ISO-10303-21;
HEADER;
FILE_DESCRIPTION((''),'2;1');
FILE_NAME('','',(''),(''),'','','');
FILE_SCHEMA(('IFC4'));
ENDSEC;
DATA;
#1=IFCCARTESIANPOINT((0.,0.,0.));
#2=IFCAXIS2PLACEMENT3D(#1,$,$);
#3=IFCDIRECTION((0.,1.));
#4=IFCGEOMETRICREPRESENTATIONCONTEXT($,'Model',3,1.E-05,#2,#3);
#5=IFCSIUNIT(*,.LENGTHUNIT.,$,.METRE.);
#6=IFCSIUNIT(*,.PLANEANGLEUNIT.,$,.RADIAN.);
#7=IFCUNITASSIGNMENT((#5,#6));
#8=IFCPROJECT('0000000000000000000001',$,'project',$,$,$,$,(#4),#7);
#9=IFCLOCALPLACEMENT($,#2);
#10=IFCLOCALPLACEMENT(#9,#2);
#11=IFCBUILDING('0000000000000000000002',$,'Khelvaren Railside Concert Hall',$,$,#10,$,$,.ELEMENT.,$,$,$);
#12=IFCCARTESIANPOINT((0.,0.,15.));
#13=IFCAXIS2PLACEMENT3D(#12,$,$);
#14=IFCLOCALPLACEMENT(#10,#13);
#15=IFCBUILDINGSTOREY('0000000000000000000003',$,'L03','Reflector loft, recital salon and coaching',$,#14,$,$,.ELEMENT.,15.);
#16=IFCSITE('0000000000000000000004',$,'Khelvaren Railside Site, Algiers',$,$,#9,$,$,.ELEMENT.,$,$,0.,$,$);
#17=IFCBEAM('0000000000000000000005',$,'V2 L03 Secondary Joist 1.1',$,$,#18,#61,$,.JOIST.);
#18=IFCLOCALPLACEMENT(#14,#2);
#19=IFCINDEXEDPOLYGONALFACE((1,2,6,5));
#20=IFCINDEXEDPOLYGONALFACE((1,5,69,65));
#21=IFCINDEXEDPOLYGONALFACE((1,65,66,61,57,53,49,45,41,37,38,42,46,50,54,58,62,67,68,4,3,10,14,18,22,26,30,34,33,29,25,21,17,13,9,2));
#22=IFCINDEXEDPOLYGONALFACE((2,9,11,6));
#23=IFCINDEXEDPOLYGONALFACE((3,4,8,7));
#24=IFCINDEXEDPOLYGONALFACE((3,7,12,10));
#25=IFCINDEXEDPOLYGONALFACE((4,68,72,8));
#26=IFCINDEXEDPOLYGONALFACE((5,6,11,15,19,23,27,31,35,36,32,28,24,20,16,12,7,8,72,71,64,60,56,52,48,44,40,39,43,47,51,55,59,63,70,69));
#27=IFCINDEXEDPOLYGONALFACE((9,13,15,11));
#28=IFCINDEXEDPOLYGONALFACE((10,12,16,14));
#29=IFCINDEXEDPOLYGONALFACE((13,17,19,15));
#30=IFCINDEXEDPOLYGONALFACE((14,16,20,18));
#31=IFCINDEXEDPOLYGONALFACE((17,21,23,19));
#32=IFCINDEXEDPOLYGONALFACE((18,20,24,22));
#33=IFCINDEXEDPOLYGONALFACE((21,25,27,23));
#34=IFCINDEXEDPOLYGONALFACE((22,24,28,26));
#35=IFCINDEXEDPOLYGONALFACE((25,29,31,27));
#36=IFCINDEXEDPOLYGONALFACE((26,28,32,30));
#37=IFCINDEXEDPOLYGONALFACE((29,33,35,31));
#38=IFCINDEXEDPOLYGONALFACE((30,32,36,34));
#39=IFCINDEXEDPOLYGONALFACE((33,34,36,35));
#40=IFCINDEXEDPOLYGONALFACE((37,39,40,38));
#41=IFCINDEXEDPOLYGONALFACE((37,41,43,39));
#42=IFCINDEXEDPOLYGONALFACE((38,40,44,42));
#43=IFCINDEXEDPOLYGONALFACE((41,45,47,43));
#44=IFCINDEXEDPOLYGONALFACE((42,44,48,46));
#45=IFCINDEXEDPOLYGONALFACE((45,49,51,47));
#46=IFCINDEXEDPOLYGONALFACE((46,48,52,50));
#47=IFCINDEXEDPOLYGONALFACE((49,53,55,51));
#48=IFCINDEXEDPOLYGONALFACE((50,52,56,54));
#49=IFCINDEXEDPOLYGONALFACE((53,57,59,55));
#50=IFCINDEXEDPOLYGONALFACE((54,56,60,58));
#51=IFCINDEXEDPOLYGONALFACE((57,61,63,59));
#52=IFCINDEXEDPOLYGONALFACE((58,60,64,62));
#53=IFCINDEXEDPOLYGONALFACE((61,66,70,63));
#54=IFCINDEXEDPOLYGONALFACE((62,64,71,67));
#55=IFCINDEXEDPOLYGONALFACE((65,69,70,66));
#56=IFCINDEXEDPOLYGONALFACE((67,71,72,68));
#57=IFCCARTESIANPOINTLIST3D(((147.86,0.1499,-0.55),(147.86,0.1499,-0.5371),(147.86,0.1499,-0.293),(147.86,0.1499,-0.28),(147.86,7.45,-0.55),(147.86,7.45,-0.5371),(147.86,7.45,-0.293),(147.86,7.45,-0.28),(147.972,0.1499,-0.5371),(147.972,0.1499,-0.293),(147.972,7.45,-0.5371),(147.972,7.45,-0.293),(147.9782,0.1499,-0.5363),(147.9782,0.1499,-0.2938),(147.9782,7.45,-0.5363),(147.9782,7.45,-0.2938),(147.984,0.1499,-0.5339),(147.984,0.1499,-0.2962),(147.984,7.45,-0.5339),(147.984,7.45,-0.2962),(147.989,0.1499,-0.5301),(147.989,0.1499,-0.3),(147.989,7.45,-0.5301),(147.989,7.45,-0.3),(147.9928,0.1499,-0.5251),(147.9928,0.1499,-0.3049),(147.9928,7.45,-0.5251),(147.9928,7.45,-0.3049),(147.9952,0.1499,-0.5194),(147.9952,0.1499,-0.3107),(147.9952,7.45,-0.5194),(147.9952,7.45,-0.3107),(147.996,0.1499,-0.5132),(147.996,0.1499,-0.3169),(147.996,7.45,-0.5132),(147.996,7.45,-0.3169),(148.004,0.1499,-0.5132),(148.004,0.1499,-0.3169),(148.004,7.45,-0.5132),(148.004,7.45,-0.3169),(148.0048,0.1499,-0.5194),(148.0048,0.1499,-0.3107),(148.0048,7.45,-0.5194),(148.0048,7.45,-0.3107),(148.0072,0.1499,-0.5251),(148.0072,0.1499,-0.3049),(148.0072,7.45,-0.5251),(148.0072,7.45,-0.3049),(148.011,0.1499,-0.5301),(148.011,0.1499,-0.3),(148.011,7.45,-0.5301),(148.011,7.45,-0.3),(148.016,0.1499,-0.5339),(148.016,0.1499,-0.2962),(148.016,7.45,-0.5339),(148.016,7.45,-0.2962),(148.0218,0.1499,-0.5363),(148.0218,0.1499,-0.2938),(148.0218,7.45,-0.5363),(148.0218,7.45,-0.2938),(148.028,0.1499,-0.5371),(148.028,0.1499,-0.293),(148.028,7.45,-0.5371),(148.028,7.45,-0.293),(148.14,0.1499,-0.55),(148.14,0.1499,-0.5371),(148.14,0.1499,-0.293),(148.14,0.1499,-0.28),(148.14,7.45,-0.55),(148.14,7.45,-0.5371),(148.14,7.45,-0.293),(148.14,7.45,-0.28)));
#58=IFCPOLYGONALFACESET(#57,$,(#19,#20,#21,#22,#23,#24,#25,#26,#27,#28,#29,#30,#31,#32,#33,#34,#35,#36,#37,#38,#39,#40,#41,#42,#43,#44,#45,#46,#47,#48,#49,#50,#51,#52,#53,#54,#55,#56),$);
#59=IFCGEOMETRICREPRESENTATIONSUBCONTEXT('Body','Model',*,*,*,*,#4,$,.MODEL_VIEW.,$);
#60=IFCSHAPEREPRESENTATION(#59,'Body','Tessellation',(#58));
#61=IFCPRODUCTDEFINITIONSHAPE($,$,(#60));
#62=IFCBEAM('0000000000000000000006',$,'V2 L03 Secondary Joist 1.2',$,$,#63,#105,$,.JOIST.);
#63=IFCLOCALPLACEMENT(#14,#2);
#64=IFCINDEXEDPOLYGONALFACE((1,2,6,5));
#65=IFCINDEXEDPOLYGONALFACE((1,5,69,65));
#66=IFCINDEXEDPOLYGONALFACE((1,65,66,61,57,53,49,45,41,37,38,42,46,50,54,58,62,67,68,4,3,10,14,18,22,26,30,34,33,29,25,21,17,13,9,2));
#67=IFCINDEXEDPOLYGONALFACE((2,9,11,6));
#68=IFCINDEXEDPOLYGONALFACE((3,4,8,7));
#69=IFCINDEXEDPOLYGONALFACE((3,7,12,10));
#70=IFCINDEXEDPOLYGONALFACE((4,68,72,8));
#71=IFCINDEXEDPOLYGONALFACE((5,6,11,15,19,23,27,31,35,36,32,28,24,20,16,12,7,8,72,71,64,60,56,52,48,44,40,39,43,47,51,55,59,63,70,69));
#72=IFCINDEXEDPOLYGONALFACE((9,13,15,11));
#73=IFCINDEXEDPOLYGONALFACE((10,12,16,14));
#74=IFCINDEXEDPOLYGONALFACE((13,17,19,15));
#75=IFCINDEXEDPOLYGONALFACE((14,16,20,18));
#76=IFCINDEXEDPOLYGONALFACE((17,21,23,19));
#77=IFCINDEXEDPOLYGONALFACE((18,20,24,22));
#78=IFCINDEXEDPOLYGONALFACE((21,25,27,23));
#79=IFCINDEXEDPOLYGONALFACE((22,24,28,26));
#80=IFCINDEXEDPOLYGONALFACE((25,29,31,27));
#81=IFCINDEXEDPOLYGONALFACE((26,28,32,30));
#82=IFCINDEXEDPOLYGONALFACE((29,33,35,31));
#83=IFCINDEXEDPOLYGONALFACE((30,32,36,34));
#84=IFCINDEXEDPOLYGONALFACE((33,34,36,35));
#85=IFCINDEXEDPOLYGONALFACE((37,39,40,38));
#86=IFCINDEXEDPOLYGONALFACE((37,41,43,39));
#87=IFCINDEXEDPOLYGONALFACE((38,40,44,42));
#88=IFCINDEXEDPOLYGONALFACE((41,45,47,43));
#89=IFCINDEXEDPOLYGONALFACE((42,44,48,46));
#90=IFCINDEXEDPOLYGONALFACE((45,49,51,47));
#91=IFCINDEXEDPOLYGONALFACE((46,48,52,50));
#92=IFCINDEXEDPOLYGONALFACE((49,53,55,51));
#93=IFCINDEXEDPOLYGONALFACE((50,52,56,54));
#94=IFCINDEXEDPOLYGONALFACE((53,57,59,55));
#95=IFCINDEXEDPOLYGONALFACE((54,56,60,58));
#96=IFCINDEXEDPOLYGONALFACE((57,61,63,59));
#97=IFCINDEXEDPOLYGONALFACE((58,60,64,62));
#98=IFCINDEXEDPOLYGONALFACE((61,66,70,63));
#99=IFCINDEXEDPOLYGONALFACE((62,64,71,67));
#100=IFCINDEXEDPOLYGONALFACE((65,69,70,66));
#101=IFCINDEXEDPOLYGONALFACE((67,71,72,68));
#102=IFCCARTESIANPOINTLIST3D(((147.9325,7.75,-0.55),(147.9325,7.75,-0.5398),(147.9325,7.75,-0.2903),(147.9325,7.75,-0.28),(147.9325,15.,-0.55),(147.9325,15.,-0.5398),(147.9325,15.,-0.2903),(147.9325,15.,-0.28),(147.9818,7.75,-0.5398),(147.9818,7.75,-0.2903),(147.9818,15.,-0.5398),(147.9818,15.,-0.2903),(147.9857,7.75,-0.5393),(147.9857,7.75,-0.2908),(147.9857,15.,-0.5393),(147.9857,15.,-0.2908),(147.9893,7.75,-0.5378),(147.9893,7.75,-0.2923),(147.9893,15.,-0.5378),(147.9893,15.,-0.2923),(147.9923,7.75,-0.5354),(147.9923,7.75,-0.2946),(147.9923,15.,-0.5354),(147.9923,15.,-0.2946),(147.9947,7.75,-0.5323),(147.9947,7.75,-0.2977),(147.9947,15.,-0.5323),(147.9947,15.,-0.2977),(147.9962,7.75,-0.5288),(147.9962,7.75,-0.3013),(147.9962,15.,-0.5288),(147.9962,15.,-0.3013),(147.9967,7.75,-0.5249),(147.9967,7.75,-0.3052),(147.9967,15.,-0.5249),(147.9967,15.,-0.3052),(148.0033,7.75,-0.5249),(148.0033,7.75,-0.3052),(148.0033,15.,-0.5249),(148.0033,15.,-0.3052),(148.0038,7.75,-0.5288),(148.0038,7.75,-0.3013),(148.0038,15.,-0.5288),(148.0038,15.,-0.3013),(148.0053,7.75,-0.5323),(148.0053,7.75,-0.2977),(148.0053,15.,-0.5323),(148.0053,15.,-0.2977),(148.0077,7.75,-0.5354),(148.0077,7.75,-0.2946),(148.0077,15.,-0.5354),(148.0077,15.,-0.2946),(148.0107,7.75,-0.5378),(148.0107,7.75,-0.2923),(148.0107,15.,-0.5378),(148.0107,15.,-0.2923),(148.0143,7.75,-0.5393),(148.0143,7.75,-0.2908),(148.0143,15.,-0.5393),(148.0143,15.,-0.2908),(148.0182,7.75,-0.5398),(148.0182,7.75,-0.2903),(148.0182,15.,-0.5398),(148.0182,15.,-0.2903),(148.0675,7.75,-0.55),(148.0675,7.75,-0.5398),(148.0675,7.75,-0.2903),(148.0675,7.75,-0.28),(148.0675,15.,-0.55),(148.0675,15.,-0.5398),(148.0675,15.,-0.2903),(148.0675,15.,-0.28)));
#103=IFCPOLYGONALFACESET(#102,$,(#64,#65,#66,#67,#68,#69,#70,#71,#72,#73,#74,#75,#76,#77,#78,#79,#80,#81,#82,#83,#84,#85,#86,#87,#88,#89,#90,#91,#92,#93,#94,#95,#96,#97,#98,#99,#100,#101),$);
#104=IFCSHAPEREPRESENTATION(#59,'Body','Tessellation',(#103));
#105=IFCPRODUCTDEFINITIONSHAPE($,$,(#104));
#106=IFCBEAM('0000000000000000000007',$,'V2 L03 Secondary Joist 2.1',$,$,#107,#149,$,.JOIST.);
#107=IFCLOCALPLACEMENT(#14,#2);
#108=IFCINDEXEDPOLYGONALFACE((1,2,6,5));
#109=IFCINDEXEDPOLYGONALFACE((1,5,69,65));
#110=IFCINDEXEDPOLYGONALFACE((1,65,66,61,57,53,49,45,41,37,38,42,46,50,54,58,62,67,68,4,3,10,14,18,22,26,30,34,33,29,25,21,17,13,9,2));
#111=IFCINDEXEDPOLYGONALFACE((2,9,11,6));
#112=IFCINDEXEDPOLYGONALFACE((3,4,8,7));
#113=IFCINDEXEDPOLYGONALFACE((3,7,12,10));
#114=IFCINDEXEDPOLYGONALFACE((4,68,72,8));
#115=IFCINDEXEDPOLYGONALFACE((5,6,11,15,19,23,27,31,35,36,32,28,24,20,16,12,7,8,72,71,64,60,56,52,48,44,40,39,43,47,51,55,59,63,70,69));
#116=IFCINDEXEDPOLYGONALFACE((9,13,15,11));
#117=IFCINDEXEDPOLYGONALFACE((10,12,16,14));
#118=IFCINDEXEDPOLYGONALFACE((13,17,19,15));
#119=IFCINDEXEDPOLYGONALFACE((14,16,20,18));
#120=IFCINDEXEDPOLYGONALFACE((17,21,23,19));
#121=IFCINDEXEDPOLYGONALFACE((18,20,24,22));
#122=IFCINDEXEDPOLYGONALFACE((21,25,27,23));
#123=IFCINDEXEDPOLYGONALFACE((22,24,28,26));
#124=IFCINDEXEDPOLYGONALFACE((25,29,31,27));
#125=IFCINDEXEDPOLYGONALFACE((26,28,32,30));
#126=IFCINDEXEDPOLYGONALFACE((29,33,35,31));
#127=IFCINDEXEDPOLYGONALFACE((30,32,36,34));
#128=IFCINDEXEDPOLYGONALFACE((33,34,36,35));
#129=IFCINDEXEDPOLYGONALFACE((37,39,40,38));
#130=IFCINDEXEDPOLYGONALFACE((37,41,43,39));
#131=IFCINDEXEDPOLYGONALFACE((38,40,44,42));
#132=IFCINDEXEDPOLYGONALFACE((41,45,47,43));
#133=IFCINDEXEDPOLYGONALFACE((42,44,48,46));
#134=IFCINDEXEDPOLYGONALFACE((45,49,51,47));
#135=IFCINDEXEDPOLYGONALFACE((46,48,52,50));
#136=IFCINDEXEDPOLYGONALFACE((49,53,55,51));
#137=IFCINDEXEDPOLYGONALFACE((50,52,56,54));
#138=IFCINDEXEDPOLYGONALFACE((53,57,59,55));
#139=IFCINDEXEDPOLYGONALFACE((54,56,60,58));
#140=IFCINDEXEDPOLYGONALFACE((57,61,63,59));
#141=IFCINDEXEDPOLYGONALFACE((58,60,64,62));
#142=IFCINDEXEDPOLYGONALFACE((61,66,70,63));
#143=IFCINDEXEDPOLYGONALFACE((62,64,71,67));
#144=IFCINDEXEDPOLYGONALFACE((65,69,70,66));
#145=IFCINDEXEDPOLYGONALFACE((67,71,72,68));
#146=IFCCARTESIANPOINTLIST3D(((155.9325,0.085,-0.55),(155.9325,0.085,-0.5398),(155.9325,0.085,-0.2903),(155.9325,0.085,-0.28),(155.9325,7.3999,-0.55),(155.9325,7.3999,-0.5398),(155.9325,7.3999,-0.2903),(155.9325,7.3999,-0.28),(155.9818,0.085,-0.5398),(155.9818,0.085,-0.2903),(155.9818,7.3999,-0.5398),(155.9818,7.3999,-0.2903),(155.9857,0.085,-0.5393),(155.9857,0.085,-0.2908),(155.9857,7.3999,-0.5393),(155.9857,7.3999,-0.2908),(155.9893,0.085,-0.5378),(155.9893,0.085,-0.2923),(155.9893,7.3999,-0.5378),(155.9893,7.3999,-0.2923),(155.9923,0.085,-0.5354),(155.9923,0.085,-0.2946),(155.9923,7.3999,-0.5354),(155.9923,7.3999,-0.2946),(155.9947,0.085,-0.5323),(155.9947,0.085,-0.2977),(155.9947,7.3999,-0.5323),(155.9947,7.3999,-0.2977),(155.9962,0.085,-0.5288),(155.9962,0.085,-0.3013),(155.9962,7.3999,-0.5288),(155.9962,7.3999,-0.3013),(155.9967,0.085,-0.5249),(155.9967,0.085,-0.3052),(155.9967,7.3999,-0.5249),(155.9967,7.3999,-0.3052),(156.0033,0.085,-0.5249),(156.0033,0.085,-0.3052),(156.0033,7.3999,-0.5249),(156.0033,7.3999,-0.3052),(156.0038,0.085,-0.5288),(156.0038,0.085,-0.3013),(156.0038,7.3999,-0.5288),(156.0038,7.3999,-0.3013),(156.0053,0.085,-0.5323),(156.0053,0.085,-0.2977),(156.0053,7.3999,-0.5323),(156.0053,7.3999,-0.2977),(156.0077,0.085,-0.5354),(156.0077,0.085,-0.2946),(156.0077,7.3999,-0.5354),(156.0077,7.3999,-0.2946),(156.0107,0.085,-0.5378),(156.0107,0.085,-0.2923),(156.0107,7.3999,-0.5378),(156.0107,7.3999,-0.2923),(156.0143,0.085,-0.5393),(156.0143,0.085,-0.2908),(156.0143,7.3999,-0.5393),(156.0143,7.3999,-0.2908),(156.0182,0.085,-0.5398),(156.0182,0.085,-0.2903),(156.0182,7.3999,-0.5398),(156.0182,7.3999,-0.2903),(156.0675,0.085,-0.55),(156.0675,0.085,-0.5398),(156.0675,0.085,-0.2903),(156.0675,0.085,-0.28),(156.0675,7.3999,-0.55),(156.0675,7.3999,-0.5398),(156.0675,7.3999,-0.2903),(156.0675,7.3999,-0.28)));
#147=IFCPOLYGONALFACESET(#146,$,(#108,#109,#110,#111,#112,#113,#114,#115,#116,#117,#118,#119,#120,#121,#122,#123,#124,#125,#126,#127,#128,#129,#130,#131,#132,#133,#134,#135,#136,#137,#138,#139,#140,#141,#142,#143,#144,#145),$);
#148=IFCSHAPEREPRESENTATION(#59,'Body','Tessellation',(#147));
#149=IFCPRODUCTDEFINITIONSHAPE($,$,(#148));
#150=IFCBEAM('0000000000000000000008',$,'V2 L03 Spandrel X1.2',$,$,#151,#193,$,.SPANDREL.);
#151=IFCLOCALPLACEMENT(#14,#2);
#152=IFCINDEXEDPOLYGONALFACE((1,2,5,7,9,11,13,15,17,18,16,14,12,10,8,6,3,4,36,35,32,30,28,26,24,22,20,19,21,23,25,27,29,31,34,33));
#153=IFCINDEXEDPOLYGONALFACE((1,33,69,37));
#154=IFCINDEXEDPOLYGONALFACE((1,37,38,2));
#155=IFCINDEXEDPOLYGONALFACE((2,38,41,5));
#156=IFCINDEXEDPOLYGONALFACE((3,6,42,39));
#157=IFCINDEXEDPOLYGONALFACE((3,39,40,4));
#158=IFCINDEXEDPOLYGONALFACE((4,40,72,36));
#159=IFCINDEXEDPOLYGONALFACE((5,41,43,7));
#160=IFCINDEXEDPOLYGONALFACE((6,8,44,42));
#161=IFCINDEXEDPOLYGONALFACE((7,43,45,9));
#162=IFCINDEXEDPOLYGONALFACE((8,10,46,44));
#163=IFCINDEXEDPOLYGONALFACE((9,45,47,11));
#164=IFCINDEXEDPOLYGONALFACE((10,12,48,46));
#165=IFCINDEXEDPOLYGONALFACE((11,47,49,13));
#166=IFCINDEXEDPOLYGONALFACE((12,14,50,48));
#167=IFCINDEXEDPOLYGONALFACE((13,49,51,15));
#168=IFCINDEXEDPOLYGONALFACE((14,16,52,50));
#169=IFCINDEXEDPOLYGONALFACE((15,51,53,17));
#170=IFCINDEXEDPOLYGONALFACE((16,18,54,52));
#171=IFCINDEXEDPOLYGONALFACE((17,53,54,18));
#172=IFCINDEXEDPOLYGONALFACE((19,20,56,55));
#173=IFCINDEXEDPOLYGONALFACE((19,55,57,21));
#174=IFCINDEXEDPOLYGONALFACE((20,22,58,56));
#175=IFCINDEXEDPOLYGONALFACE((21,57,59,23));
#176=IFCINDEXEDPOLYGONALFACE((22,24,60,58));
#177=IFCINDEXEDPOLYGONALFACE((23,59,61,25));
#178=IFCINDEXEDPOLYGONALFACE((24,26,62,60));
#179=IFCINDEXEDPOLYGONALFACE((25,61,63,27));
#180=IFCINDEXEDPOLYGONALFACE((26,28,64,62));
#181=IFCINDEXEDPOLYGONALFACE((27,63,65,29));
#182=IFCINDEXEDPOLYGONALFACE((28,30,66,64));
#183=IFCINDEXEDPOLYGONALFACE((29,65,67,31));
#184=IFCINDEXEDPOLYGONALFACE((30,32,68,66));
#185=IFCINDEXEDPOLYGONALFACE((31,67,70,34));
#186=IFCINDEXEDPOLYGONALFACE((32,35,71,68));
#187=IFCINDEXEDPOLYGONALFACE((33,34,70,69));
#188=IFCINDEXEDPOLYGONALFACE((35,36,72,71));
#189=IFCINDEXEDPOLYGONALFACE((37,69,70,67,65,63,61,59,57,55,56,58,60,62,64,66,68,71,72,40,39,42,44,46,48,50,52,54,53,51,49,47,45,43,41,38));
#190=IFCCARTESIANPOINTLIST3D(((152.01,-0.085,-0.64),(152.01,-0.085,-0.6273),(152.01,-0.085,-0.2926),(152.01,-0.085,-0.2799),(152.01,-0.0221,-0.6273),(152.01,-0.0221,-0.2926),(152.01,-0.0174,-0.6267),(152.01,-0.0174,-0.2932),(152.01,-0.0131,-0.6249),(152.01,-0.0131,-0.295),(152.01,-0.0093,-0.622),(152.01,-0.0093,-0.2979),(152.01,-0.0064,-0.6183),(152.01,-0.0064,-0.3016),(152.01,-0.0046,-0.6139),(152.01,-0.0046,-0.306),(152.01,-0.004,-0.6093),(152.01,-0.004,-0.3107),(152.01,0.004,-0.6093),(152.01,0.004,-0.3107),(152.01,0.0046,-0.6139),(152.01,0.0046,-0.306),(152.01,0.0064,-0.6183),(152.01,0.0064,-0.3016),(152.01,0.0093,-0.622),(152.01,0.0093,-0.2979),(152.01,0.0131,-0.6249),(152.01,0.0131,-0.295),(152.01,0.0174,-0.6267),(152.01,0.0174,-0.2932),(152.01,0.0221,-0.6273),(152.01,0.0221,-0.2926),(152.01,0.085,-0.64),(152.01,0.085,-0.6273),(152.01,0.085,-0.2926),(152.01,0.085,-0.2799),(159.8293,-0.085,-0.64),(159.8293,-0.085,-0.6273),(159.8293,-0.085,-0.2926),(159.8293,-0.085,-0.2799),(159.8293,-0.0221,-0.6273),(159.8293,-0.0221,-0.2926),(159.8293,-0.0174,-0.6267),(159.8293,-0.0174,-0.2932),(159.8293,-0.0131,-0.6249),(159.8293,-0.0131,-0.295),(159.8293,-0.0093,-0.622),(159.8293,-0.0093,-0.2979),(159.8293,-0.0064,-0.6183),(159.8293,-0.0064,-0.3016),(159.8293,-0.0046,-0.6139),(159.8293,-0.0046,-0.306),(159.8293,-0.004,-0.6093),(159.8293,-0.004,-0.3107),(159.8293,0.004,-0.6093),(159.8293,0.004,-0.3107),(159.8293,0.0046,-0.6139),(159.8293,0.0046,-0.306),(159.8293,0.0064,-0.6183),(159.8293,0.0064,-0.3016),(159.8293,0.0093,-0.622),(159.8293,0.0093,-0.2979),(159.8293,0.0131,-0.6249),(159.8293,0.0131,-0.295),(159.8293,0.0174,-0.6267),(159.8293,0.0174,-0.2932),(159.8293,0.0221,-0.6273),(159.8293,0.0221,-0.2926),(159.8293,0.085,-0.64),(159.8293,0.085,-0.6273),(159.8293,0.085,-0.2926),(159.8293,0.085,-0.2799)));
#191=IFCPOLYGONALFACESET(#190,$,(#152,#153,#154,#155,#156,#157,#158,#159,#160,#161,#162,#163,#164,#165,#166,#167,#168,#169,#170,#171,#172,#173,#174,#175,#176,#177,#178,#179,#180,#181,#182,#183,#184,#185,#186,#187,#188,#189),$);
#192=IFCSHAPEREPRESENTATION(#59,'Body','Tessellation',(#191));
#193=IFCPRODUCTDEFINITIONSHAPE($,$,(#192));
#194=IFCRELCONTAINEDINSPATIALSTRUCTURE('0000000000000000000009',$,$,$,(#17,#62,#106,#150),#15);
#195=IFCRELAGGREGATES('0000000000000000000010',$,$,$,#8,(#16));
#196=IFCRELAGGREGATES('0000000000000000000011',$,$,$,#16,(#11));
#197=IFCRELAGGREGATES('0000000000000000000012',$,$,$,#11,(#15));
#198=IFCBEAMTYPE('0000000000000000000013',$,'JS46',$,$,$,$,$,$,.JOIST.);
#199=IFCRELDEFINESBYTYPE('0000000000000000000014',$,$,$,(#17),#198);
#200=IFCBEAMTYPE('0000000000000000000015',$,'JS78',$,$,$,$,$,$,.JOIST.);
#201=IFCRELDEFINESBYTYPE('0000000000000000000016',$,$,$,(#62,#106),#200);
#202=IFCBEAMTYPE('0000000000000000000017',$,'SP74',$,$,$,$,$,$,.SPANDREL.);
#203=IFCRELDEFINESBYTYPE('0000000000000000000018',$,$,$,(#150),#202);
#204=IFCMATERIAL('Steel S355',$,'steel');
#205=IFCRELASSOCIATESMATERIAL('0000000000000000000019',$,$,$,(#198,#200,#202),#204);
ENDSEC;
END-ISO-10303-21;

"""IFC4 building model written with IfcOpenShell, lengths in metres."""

from ifc_helpers import new_model, si_unit, direction, frame, origin, origin_2d, place, context, subcontext, project, spatial, i_section, extrude, material, material_profile, profile_set, type_object, element, save


model = new_model("IFC4")

# Units and contexts
model_context = context("Model", 3, precision=1e-05, world=origin(), true_north=direction((0.0, 1.0)))
body_context = subcontext(model_context, "Body", "Model", "MODEL_VIEW")
ifc_project = project(units=[si_unit("LENGTHUNIT", "METRE"), si_unit("PLANEANGLEUNIT", "RADIAN")], contexts=[model_context])

# Site, building, storey
site_placement = place(None, origin())
site = spatial("IfcSite", under=ifc_project, at=site_placement, Name="Khelvaren Railside Site, Algiers", CompositionType="ELEMENT", RefElevation=0.0)
building_placement = place(site_placement, origin())
building = spatial("IfcBuilding", under=site, at=building_placement, Name="Khelvaren Railside Concert Hall", CompositionType="ELEMENT")
storey_placement = place(building_placement, frame((0.0, 0.0, 15.0)))
storey = spatial("IfcBuildingStorey", under=building, at=storey_placement, Name="L03", Description="Reflector loft, recital salon and coaching", CompositionType="ELEMENT", Elevation=15.0)

# Shared definitions
ifc_material_1 = material(Name="Steel S355", Category="steel")

# Beams
ifc_material_profile_1 = material_profile(ifc_material_1, i_section(OverallWidth=0.28, OverallDepth=0.27, WebThickness=0.0081, FlangeThickness=0.0129, FilletRadius=0.0239, at=origin_2d()), Name="HEA 280")
ifc_profile_set_1 = profile_set([ifc_material_profile_1], Name="Steel S355")
beam_type_1 = type_object("IfcBeamType", Name="JS46", PredefinedType="JOIST", material=ifc_profile_set_1)
beam_1_placement = place(storey_placement, frame((148.0, 0.1499, -0.415), z_axis=(0.0, 1.0, 0.0), x_axis=(-1.0, 0.0, 0.0)))
element("IfcBeam", 1, at=beam_1_placement, inside=storey, type_object=beam_type_1, Name="V2 L03 Secondary Joist 1.1", PredefinedType="JOIST", context=body_context, shape_type="SweptSolid", body=[
    extrude(i_section(OverallWidth=0.28, OverallDepth=0.27, WebThickness=0.0081, FlangeThickness=0.0129, FilletRadius=0.0239, at=origin_2d()), origin(), (0.0, 0.0, 1.0), 7.3),
])
ifc_material_profile_2 = material_profile(ifc_material_1, i_section(OverallWidth=0.135, OverallDepth=0.27, WebThickness=0.0066, FlangeThickness=0.0103, FilletRadius=0.0149, at=origin_2d()), Name="IPE 270")
ifc_profile_set_2 = profile_set([ifc_material_profile_2], Name="Steel S355")
beam_type_2 = type_object("IfcBeamType", Name="JS78", PredefinedType="JOIST", material=ifc_profile_set_2)
beam_2_placement = place(storey_placement, frame((148.0, 7.75, -0.415), z_axis=(0.0, 1.0, 0.0), x_axis=(-1.0, 0.0, 0.0)))
element("IfcBeam", 2, at=beam_2_placement, inside=storey, type_object=beam_type_2, Name="V2 L03 Secondary Joist 1.2", PredefinedType="JOIST", context=body_context, shape_type="SweptSolid", body=[
    extrude(i_section(OverallWidth=0.135, OverallDepth=0.27, WebThickness=0.0066, FlangeThickness=0.0103, FilletRadius=0.0149, at=origin_2d()), origin(), (0.0, 0.0, 1.0), 7.25),
])
beam_3_placement = place(storey_placement, frame((156.0, 0.085, -0.415), z_axis=(0.0, 1.0, 0.0), x_axis=(-1.0, 0.0, 0.0)))
element("IfcBeam", 3, at=beam_3_placement, inside=storey, type_object=beam_type_2, Name="V2 L03 Secondary Joist 2.1", PredefinedType="JOIST", context=body_context, shape_type="SweptSolid", body=[
    extrude(i_section(OverallWidth=0.135, OverallDepth=0.27, WebThickness=0.0066, FlangeThickness=0.0103, FilletRadius=0.0149, at=origin_2d()), origin(), (0.0, 0.0, 1.0), 7.3149),
])
ifc_material_profile_3 = material_profile(ifc_material_1, i_section(OverallWidth=0.1699, OverallDepth=0.3601, WebThickness=0.0081, FlangeThickness=0.0127, FilletRadius=0.0181, at=origin_2d()), Name="IPE 360")
ifc_profile_set_3 = profile_set([ifc_material_profile_3], Name="Steel S355")
beam_type_3 = type_object("IfcBeamType", Name="SP74", PredefinedType="SPANDREL", material=ifc_profile_set_3)
beam_4_placement = place(storey_placement, frame((152.01, 0.0, -0.46), z_axis=(1.0, 0.0, 0.0), x_axis=(0.0, 1.0, 0.0)))
element("IfcBeam", 4, at=beam_4_placement, inside=storey, type_object=beam_type_3, Name="V2 L03 Spandrel X1.2", PredefinedType="SPANDREL", context=body_context, shape_type="SweptSolid", body=[
    extrude(i_section(OverallWidth=0.1699, OverallDepth=0.3601, WebThickness=0.0081, FlangeThickness=0.0127, FilletRadius=0.0181, at=origin_2d()), origin(), (0.0, 0.0, 1.0), 7.8193),
])

save(model, "model.ifc")
